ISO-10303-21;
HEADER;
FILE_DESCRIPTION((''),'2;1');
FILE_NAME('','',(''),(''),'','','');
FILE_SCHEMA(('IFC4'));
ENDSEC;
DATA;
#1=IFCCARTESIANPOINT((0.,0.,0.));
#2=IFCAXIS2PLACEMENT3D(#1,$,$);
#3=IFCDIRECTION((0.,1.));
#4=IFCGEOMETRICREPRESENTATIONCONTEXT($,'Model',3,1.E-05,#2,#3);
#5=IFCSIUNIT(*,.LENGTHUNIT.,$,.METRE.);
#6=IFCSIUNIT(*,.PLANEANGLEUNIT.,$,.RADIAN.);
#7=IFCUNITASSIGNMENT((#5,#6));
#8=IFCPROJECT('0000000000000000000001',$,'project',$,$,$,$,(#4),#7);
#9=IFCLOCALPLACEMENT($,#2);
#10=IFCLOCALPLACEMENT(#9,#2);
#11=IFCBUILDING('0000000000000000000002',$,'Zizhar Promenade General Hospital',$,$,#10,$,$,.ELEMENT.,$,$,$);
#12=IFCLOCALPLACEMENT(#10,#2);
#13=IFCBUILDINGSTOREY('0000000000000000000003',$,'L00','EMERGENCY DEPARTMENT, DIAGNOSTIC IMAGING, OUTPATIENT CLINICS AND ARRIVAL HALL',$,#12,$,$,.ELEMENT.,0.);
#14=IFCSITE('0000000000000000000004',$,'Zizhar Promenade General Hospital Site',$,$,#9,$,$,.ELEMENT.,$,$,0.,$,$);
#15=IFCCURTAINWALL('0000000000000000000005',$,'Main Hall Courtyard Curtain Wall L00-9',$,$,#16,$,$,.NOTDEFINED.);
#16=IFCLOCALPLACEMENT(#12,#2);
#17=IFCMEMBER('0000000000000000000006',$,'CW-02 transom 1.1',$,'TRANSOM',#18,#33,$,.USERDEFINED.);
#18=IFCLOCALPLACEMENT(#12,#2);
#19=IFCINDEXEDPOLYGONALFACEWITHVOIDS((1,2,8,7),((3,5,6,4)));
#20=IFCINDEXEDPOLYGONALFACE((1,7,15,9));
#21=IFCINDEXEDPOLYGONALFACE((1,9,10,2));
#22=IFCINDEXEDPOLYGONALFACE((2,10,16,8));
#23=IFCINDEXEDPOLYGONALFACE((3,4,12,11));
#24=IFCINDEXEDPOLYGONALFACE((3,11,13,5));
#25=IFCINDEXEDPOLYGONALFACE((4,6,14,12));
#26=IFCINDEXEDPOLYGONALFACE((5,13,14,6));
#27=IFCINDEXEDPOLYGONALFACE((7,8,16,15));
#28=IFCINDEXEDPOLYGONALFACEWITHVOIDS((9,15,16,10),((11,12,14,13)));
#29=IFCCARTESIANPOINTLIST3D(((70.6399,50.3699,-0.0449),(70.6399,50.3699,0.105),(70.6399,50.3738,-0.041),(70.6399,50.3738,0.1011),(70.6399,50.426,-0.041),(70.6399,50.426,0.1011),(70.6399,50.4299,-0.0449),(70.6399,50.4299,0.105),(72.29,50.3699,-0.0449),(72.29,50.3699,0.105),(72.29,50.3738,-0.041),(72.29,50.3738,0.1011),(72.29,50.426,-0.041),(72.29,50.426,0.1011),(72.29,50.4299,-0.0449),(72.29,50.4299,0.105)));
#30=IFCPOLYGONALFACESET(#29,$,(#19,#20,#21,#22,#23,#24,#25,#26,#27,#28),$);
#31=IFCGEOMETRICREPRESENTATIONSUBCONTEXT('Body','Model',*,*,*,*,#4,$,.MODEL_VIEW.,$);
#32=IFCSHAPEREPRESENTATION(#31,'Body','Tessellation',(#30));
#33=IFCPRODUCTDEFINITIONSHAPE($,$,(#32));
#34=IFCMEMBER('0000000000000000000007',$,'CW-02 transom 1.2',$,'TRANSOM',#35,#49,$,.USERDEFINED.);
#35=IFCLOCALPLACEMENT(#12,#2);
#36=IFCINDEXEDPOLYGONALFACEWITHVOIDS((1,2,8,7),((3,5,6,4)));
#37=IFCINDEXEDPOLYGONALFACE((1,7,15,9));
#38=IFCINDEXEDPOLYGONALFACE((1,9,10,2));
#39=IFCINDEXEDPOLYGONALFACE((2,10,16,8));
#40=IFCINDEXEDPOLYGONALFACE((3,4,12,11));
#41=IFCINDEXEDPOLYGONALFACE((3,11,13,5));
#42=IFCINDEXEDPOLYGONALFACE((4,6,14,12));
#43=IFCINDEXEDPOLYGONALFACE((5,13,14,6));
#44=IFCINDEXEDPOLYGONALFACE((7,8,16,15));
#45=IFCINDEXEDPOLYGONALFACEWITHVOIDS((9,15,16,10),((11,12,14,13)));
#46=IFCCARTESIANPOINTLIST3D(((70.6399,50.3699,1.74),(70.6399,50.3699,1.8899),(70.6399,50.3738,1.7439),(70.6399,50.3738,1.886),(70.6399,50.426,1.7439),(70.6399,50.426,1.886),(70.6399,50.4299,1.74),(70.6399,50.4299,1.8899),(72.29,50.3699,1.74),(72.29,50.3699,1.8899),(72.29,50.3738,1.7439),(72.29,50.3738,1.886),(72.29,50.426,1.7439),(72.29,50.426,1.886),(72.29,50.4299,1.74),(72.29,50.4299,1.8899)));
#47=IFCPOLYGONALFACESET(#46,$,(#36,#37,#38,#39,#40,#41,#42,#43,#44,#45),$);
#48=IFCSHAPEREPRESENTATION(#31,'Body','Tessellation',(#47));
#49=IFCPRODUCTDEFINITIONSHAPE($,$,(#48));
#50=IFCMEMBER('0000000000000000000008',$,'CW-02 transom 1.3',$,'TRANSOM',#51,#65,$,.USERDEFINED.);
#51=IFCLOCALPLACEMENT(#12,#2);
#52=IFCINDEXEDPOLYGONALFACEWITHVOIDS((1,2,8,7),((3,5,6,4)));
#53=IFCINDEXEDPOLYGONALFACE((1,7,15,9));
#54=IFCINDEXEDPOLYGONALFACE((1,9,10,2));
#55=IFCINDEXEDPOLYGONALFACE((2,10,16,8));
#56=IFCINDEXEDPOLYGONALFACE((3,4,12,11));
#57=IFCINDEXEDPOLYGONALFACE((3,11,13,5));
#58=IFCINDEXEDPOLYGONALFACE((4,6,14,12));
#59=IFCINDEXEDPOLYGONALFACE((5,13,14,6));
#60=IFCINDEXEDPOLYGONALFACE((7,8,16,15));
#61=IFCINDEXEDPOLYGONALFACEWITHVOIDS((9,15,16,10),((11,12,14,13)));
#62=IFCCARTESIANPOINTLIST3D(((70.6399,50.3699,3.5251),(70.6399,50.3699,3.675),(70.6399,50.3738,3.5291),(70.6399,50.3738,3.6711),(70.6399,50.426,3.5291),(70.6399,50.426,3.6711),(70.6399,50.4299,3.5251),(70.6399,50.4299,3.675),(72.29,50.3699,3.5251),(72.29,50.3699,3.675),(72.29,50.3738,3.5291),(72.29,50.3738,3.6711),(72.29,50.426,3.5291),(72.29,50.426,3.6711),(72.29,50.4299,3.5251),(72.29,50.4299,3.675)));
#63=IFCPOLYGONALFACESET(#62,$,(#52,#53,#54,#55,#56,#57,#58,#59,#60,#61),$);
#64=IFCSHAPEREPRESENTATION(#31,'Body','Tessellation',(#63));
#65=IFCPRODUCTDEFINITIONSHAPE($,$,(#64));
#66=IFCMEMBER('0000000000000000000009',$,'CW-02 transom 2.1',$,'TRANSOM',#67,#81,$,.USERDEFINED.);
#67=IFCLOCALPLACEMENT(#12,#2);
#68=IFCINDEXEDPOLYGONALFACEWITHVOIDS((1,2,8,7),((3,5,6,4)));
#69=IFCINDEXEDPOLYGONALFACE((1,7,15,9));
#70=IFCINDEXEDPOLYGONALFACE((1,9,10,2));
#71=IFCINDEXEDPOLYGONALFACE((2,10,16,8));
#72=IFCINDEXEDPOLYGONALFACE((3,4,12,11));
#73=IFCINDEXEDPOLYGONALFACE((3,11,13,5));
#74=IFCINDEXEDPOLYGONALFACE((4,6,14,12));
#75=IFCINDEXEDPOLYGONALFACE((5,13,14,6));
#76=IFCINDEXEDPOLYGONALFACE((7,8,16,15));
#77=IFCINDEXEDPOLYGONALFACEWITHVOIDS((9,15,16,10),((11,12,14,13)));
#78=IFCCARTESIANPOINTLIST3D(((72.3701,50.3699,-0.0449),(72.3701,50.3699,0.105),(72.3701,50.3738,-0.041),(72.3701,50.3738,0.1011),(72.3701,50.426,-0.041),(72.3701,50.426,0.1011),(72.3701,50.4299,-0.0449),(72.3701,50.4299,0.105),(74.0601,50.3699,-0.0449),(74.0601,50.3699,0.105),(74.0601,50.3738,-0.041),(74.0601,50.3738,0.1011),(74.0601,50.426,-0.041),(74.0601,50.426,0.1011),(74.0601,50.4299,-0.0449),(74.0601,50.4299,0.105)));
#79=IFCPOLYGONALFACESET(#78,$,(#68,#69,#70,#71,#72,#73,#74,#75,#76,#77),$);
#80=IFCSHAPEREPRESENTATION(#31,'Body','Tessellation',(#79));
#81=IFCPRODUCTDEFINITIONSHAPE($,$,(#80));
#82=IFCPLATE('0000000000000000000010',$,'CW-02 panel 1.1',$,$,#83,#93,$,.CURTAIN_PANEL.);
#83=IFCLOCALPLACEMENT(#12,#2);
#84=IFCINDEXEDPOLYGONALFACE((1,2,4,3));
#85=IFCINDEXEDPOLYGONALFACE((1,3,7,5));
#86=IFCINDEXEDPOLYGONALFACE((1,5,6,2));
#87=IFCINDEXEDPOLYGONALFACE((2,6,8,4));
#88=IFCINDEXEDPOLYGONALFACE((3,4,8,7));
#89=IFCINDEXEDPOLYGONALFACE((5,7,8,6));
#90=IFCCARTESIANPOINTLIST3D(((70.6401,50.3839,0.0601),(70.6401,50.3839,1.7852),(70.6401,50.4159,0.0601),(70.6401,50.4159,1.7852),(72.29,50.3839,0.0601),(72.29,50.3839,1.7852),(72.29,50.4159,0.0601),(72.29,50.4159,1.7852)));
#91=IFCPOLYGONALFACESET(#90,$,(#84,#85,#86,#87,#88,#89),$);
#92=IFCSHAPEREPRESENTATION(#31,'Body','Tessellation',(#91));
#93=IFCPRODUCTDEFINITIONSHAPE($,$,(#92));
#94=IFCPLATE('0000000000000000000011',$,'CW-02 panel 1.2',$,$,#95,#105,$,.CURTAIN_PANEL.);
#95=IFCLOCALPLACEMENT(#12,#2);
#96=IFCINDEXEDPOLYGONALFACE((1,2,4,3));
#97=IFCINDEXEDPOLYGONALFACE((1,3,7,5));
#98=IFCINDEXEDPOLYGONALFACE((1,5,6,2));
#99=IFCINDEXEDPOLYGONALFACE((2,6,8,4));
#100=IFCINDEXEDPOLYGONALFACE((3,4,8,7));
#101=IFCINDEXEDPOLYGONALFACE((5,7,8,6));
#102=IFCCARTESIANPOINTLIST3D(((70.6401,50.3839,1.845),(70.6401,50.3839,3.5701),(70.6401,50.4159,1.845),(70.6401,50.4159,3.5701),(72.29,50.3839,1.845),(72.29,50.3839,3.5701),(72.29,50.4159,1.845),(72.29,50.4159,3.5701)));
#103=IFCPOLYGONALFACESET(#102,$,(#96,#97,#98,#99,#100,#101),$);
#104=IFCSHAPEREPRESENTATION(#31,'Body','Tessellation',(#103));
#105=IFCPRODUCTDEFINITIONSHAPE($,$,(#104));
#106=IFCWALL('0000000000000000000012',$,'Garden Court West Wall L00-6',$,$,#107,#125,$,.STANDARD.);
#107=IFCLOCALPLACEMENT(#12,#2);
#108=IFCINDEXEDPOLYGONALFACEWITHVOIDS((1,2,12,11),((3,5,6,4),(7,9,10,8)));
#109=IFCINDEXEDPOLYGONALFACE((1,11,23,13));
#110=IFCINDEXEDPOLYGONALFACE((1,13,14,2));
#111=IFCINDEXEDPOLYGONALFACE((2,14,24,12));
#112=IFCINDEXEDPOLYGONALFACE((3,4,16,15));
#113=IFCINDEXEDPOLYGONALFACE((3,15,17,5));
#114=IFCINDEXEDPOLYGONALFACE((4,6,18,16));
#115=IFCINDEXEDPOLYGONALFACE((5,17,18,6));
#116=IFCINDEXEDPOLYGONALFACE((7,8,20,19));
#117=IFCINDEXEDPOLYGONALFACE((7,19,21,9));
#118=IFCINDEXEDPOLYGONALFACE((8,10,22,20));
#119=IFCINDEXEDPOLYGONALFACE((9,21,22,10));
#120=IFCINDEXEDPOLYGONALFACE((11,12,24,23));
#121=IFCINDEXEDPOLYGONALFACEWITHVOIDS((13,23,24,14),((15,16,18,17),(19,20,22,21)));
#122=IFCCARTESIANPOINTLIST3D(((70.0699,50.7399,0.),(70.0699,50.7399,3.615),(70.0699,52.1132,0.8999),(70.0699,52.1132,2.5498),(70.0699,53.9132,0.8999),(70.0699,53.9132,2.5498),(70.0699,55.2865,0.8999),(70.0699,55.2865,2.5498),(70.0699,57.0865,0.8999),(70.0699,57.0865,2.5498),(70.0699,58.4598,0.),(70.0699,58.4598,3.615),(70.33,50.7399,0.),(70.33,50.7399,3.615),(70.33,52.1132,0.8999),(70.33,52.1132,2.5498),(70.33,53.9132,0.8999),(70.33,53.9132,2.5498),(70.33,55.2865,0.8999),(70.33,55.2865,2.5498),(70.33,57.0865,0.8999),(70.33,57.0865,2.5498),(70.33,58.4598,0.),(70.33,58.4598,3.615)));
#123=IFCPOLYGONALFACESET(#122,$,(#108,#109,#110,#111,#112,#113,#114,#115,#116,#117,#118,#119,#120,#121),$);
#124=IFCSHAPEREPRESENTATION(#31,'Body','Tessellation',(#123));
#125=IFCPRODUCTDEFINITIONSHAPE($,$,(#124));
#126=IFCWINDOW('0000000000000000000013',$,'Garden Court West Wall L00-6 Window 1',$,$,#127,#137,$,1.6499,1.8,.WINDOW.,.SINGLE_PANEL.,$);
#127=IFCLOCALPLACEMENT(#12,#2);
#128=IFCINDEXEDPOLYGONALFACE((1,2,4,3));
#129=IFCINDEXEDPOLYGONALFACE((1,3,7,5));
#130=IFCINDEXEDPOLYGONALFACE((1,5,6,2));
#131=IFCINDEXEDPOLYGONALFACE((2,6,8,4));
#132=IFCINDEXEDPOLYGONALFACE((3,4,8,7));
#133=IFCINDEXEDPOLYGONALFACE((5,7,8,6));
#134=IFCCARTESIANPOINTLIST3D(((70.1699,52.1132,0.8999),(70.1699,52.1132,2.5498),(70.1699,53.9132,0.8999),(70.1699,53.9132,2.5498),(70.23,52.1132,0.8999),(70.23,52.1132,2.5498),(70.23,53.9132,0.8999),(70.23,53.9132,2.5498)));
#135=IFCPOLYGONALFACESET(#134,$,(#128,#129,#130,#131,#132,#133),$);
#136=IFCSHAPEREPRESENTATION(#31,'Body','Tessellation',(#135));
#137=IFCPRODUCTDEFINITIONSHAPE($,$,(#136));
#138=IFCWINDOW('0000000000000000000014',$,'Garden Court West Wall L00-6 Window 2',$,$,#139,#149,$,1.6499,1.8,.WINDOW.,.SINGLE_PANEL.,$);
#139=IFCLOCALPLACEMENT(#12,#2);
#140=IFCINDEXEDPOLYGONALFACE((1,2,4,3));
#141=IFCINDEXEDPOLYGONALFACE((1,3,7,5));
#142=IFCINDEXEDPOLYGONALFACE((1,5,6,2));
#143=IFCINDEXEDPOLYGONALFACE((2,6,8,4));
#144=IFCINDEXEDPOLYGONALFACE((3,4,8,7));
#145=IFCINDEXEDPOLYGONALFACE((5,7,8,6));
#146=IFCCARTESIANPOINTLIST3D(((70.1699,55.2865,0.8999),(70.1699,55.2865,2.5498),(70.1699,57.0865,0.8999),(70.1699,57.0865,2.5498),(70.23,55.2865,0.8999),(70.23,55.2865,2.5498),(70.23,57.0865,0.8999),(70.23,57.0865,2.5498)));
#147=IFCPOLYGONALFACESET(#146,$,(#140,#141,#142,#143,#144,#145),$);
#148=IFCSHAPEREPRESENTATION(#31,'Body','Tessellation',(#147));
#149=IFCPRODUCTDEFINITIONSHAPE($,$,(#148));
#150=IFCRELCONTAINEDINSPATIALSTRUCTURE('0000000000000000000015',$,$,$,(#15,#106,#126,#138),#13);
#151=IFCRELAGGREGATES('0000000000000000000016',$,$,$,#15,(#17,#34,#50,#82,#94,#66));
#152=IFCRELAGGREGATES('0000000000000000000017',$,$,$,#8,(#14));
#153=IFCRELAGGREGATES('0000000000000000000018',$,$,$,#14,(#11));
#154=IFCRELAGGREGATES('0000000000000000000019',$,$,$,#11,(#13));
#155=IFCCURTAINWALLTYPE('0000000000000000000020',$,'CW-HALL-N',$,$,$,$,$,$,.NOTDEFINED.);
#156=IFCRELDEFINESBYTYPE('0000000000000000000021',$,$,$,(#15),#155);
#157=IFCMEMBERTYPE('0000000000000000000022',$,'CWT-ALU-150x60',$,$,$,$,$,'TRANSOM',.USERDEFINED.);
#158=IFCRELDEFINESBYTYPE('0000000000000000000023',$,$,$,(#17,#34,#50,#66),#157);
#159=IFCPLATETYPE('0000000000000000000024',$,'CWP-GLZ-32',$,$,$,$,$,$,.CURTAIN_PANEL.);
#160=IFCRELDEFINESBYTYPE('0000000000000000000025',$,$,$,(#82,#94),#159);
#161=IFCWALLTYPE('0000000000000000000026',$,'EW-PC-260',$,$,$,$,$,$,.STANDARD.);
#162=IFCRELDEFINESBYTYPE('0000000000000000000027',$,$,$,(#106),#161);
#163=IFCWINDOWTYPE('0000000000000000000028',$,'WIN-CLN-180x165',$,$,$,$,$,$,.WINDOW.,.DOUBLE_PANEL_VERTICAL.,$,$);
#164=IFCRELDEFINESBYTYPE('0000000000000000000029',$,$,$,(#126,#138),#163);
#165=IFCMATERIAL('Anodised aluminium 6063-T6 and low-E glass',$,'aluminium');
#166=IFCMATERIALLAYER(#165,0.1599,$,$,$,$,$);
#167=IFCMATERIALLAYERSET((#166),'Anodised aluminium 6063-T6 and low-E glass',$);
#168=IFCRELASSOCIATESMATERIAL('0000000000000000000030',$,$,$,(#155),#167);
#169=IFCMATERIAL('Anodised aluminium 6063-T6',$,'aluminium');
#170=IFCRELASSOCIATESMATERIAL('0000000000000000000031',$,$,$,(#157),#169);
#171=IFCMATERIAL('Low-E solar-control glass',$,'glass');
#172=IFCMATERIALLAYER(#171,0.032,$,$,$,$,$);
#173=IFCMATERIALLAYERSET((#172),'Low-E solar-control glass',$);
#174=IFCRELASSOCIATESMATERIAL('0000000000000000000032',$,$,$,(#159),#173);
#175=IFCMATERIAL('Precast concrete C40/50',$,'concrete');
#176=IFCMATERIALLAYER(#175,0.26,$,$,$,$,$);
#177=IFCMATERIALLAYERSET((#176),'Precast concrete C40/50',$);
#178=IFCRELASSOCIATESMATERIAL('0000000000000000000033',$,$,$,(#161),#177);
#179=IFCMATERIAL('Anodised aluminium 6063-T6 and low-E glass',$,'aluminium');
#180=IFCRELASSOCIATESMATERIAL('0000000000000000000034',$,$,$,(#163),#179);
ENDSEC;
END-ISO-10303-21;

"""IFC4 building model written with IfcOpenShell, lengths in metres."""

from ifc_helpers import new_model, si_unit, direction, frame, frame_2d, origin, origin_2d, place, context, subcontext, project, spatial, rectangle, hollow_rectangle, extrude, material, layer, layer_set, material_profile, profile_set, type_object, element, fill, aggregate, save


model = new_model("IFC4")

# Units and contexts
model_context = context("Model", 3, precision=1e-05, world=origin(), true_north=direction((0.0, 1.0)))
body_context = subcontext(model_context, "Body", "Model", "MODEL_VIEW")
ifc_project = project(units=[si_unit("LENGTHUNIT", "METRE"), si_unit("PLANEANGLEUNIT", "RADIAN")], contexts=[model_context])

# Site, building, storey
site_placement = place(None, origin())
site = spatial("IfcSite", under=ifc_project, at=site_placement, Name="Zizhar Promenade General Hospital Site", CompositionType="ELEMENT", RefElevation=0.0)
building_placement = place(site_placement, origin())
building = spatial("IfcBuilding", under=site, at=building_placement, Name="Zizhar Promenade General Hospital", CompositionType="ELEMENT")
storey_placement = place(building_placement, origin())
storey = spatial("IfcBuildingStorey", under=building, at=storey_placement, Name="L00", Description="EMERGENCY DEPARTMENT, DIAGNOSTIC IMAGING, OUTPATIENT CLINICS AND ARRIVAL HALL", CompositionType="ELEMENT", Elevation=0.0)

# Curtain wall, members, plates
ifc_material_1 = material(Name="Anodised aluminium 6063-T6 and low-E glass", Category="aluminium")
ifc_layer_1 = layer(ifc_material_1, 0.1599)
ifc_layer_set_1 = layer_set([ifc_layer_1], Name="Anodised aluminium 6063-T6 and low-E glass")
curtain_wall_type = type_object("IfcCurtainWallType", Name="CW-HALL-N", PredefinedType="NOTDEFINED", material=ifc_layer_set_1)
curtain_wall_placement = place(storey_placement, origin())
curtain_wall = element("IfcCurtainWall", 1, at=curtain_wall_placement, inside=storey, type_object=curtain_wall_type, Name="Main Hall Courtyard Curtain Wall L00-9", PredefinedType="NOTDEFINED")
ifc_material_2 = material(Name="Anodised aluminium 6063-T6", Category="aluminium")
ifc_material_profile_1 = material_profile(ifc_material_2, hollow_rectangle(XDim=0.0601, YDim=0.1499, WallThickness=0.0039, at=origin_2d()))
ifc_profile_set_1 = profile_set([ifc_material_profile_1], Name="Anodised aluminium 6063-T6")
member_type_1 = type_object("IfcMemberType", Name="CWT-ALU-150x60", ElementType="TRANSOM", PredefinedType="USERDEFINED", material=ifc_profile_set_1)
member_1_placement = place(storey_placement, frame((70.6399, 50.3999, 0.03), z_axis=(1.0, 0.0, 0.0), x_axis=(0.0, 1.0, 0.0)))
member_1 = element("IfcMember", 2, at=member_1_placement, type_object=member_type_1, Name="CW-02 transom 1.1", ObjectType="TRANSOM", PredefinedType="USERDEFINED", context=body_context, shape_type="SweptSolid", body=[
    extrude(hollow_rectangle(XDim=0.0601, YDim=0.1499, WallThickness=0.0039, at=origin_2d()), origin(), (0.0, 0.0, 1.0), 1.6501),
])
member_2_placement = place(storey_placement, frame((70.6399, 50.3999, 1.8149), z_axis=(1.0, 0.0, 0.0), x_axis=(0.0, 1.0, 0.0)))
member_2 = element("IfcMember", 3, at=member_2_placement, type_object=member_type_1, Name="CW-02 transom 1.2", ObjectType="TRANSOM", PredefinedType="USERDEFINED", context=body_context, shape_type="SweptSolid", body=[
    extrude(hollow_rectangle(XDim=0.0601, YDim=0.1499, WallThickness=0.0039, at=origin_2d()), origin(), (0.0, 0.0, 1.0), 1.6501),
])
member_3_placement = place(storey_placement, frame((70.6399, 50.3999, 3.6001), z_axis=(1.0, 0.0, 0.0), x_axis=(0.0, 1.0, 0.0)))
member_3 = element("IfcMember", 4, at=member_3_placement, type_object=member_type_1, Name="CW-02 transom 1.3", ObjectType="TRANSOM", PredefinedType="USERDEFINED", context=body_context, shape_type="SweptSolid", body=[
    extrude(hollow_rectangle(XDim=0.0601, YDim=0.1499, WallThickness=0.0039, at=origin_2d()), origin(), (0.0, 0.0, 1.0), 1.6501),
])
member_4_placement = place(storey_placement, frame((72.3701, 50.3999, 0.03), z_axis=(1.0, 0.0, 0.0), x_axis=(0.0, 1.0, 0.0)))
member_4 = element("IfcMember", 5, at=member_4_placement, type_object=member_type_1, Name="CW-02 transom 2.1", ObjectType="TRANSOM", PredefinedType="USERDEFINED", context=body_context, shape_type="SweptSolid", body=[
    extrude(hollow_rectangle(XDim=0.0601, YDim=0.1499, WallThickness=0.0039, at=origin_2d()), origin(), (0.0, 0.0, 1.0), 1.6899),
])
ifc_material_3 = material(Name="Low-E solar-control glass", Category="glass")
ifc_layer_2 = layer(ifc_material_3, 0.032)
ifc_layer_set_2 = layer_set([ifc_layer_2], Name="Low-E solar-control glass")
plate_type = type_object("IfcPlateType", Name="CWP-GLZ-32", PredefinedType="CURTAIN_PANEL", material=ifc_layer_set_2)
plate_1_placement = place(storey_placement, frame((71.4651, 50.3999, 0.0601), z_axis=(0.0, 0.0, 1.0), x_axis=(1.0, 0.0, 0.0)))
plate_1 = element("IfcPlate", 6, at=plate_1_placement, type_object=plate_type, Name="CW-02 panel 1.1", PredefinedType="CURTAIN_PANEL", context=body_context, shape_type="SweptSolid", body=[
    extrude(rectangle(XDim=1.6499, YDim=0.032, at=origin_2d()), origin(), (0.0, 0.0, 1.0), 1.7251),
])
plate_2_placement = place(storey_placement, frame((71.4651, 50.3999, 1.845), z_axis=(0.0, 0.0, 1.0), x_axis=(1.0, 0.0, 0.0)))
plate_2 = element("IfcPlate", 7, at=plate_2_placement, type_object=plate_type, Name="CW-02 panel 1.2", PredefinedType="CURTAIN_PANEL", context=body_context, shape_type="SweptSolid", body=[
    extrude(rectangle(XDim=1.6499, YDim=0.032, at=origin_2d()), origin(), (0.0, 0.0, 1.0), 1.7251),
])
aggregate(curtain_wall, [member_1, member_2, member_3, plate_1, plate_2, member_4])

# Wall, openings, windows
ifc_material_4 = material(Name="Precast concrete C40/50", Category="concrete")
ifc_layer_3 = layer(ifc_material_4, 0.26)
ifc_layer_set_3 = layer_set([ifc_layer_3], Name="Precast concrete C40/50")
wall_type_1 = type_object("IfcWallType", Name="EW-PC-260", PredefinedType="STANDARD", material=ifc_layer_set_3)
wall_1_placement = place(storey_placement, frame((70.2, 50.74, 0.0), z_axis=(0.0, 0.0, 1.0), x_axis=(0.0, 1.0, 0.0)))
wall_1 = element("IfcWall", 8, at=wall_1_placement, inside=storey, type_object=wall_type_1, Name="Garden Court West Wall L00-6", PredefinedType="STANDARD", context=body_context, shape_type="SweptSolid", body=[
    extrude(rectangle(XDim=7.72, YDim=0.26, at=frame_2d((3.8599, 0.0))), origin(), (0.0, 0.0, 1.0), 3.615),
])
opening_1_placement = place(wall_1_placement, frame((1.3733, 0.0, 0.8999)))
opening_1 = element("IfcOpeningElement", 9, at=opening_1_placement, cuts=wall_1, PredefinedType="OPENING", context=body_context, shape_type="SweptSolid", body=[
    extrude(rectangle(XDim=1.8, YDim=1.6499, at=frame_2d((0.8999, 0.825))), frame((0.0, 0.1401, 0.0), z_axis=(0.0, -1.0, 0.0), x_axis=(1.0, 0.0, 0.0)), (0.0, 0.0, 1.0), 0.28),
])
opening_2_placement = place(wall_1_placement, frame((4.5466, 0.0, 0.8999)))
opening_2 = element("IfcOpeningElement", 10, at=opening_2_placement, cuts=wall_1, PredefinedType="OPENING", context=body_context, shape_type="SweptSolid", body=[
    extrude(rectangle(XDim=1.8, YDim=1.6499, at=frame_2d((0.8999, 0.825))), frame((0.0, 0.1401, 0.0), z_axis=(0.0, -1.0, 0.0), x_axis=(1.0, 0.0, 0.0)), (0.0, 0.0, 1.0), 0.28),
])
ifc_material_5 = material(Name="Anodised aluminium 6063-T6 and low-E glass", Category="aluminium")
window_type = type_object("IfcWindowType", Name="WIN-CLN-180x165", PartitioningType="DOUBLE_PANEL_VERTICAL", PredefinedType="WINDOW", material=ifc_material_5)
window_1_placement = place(opening_1_placement, origin())
window_1 = element("IfcWindow", 11, at=window_1_placement, inside=storey, type_object=window_type, Name="Garden Court West Wall L00-6 Window 1", OverallHeight=1.6499, OverallWidth=1.8, PartitioningType="SINGLE_PANEL", PredefinedType="WINDOW", context=body_context, shape_type="SweptSolid", body=[
    extrude(rectangle(XDim=1.8, YDim=1.6499, at=frame_2d((0.8999, 0.825))), frame((0.0, 0.03, 0.0), z_axis=(0.0, -1.0, 0.0), x_axis=(1.0, 0.0, 0.0)), (0.0, 0.0, 1.0), 0.0601),
])
fill(opening_1, window_1)
window_2_placement = place(opening_2_placement, origin())
window_2 = element("IfcWindow", 12, at=window_2_placement, inside=storey, type_object=window_type, Name="Garden Court West Wall L00-6 Window 2", OverallHeight=1.6499, OverallWidth=1.8, PartitioningType="SINGLE_PANEL", PredefinedType="WINDOW", context=body_context, shape_type="SweptSolid", body=[
    extrude(rectangle(XDim=1.8, YDim=1.6499, at=frame_2d((0.8999, 0.825))), frame((0.0, 0.03, 0.0), z_axis=(0.0, -1.0, 0.0), x_axis=(1.0, 0.0, 0.0)), (0.0, 0.0, 1.0), 0.0601),
])
fill(opening_2, window_2)

save(model, "model.ifc")
